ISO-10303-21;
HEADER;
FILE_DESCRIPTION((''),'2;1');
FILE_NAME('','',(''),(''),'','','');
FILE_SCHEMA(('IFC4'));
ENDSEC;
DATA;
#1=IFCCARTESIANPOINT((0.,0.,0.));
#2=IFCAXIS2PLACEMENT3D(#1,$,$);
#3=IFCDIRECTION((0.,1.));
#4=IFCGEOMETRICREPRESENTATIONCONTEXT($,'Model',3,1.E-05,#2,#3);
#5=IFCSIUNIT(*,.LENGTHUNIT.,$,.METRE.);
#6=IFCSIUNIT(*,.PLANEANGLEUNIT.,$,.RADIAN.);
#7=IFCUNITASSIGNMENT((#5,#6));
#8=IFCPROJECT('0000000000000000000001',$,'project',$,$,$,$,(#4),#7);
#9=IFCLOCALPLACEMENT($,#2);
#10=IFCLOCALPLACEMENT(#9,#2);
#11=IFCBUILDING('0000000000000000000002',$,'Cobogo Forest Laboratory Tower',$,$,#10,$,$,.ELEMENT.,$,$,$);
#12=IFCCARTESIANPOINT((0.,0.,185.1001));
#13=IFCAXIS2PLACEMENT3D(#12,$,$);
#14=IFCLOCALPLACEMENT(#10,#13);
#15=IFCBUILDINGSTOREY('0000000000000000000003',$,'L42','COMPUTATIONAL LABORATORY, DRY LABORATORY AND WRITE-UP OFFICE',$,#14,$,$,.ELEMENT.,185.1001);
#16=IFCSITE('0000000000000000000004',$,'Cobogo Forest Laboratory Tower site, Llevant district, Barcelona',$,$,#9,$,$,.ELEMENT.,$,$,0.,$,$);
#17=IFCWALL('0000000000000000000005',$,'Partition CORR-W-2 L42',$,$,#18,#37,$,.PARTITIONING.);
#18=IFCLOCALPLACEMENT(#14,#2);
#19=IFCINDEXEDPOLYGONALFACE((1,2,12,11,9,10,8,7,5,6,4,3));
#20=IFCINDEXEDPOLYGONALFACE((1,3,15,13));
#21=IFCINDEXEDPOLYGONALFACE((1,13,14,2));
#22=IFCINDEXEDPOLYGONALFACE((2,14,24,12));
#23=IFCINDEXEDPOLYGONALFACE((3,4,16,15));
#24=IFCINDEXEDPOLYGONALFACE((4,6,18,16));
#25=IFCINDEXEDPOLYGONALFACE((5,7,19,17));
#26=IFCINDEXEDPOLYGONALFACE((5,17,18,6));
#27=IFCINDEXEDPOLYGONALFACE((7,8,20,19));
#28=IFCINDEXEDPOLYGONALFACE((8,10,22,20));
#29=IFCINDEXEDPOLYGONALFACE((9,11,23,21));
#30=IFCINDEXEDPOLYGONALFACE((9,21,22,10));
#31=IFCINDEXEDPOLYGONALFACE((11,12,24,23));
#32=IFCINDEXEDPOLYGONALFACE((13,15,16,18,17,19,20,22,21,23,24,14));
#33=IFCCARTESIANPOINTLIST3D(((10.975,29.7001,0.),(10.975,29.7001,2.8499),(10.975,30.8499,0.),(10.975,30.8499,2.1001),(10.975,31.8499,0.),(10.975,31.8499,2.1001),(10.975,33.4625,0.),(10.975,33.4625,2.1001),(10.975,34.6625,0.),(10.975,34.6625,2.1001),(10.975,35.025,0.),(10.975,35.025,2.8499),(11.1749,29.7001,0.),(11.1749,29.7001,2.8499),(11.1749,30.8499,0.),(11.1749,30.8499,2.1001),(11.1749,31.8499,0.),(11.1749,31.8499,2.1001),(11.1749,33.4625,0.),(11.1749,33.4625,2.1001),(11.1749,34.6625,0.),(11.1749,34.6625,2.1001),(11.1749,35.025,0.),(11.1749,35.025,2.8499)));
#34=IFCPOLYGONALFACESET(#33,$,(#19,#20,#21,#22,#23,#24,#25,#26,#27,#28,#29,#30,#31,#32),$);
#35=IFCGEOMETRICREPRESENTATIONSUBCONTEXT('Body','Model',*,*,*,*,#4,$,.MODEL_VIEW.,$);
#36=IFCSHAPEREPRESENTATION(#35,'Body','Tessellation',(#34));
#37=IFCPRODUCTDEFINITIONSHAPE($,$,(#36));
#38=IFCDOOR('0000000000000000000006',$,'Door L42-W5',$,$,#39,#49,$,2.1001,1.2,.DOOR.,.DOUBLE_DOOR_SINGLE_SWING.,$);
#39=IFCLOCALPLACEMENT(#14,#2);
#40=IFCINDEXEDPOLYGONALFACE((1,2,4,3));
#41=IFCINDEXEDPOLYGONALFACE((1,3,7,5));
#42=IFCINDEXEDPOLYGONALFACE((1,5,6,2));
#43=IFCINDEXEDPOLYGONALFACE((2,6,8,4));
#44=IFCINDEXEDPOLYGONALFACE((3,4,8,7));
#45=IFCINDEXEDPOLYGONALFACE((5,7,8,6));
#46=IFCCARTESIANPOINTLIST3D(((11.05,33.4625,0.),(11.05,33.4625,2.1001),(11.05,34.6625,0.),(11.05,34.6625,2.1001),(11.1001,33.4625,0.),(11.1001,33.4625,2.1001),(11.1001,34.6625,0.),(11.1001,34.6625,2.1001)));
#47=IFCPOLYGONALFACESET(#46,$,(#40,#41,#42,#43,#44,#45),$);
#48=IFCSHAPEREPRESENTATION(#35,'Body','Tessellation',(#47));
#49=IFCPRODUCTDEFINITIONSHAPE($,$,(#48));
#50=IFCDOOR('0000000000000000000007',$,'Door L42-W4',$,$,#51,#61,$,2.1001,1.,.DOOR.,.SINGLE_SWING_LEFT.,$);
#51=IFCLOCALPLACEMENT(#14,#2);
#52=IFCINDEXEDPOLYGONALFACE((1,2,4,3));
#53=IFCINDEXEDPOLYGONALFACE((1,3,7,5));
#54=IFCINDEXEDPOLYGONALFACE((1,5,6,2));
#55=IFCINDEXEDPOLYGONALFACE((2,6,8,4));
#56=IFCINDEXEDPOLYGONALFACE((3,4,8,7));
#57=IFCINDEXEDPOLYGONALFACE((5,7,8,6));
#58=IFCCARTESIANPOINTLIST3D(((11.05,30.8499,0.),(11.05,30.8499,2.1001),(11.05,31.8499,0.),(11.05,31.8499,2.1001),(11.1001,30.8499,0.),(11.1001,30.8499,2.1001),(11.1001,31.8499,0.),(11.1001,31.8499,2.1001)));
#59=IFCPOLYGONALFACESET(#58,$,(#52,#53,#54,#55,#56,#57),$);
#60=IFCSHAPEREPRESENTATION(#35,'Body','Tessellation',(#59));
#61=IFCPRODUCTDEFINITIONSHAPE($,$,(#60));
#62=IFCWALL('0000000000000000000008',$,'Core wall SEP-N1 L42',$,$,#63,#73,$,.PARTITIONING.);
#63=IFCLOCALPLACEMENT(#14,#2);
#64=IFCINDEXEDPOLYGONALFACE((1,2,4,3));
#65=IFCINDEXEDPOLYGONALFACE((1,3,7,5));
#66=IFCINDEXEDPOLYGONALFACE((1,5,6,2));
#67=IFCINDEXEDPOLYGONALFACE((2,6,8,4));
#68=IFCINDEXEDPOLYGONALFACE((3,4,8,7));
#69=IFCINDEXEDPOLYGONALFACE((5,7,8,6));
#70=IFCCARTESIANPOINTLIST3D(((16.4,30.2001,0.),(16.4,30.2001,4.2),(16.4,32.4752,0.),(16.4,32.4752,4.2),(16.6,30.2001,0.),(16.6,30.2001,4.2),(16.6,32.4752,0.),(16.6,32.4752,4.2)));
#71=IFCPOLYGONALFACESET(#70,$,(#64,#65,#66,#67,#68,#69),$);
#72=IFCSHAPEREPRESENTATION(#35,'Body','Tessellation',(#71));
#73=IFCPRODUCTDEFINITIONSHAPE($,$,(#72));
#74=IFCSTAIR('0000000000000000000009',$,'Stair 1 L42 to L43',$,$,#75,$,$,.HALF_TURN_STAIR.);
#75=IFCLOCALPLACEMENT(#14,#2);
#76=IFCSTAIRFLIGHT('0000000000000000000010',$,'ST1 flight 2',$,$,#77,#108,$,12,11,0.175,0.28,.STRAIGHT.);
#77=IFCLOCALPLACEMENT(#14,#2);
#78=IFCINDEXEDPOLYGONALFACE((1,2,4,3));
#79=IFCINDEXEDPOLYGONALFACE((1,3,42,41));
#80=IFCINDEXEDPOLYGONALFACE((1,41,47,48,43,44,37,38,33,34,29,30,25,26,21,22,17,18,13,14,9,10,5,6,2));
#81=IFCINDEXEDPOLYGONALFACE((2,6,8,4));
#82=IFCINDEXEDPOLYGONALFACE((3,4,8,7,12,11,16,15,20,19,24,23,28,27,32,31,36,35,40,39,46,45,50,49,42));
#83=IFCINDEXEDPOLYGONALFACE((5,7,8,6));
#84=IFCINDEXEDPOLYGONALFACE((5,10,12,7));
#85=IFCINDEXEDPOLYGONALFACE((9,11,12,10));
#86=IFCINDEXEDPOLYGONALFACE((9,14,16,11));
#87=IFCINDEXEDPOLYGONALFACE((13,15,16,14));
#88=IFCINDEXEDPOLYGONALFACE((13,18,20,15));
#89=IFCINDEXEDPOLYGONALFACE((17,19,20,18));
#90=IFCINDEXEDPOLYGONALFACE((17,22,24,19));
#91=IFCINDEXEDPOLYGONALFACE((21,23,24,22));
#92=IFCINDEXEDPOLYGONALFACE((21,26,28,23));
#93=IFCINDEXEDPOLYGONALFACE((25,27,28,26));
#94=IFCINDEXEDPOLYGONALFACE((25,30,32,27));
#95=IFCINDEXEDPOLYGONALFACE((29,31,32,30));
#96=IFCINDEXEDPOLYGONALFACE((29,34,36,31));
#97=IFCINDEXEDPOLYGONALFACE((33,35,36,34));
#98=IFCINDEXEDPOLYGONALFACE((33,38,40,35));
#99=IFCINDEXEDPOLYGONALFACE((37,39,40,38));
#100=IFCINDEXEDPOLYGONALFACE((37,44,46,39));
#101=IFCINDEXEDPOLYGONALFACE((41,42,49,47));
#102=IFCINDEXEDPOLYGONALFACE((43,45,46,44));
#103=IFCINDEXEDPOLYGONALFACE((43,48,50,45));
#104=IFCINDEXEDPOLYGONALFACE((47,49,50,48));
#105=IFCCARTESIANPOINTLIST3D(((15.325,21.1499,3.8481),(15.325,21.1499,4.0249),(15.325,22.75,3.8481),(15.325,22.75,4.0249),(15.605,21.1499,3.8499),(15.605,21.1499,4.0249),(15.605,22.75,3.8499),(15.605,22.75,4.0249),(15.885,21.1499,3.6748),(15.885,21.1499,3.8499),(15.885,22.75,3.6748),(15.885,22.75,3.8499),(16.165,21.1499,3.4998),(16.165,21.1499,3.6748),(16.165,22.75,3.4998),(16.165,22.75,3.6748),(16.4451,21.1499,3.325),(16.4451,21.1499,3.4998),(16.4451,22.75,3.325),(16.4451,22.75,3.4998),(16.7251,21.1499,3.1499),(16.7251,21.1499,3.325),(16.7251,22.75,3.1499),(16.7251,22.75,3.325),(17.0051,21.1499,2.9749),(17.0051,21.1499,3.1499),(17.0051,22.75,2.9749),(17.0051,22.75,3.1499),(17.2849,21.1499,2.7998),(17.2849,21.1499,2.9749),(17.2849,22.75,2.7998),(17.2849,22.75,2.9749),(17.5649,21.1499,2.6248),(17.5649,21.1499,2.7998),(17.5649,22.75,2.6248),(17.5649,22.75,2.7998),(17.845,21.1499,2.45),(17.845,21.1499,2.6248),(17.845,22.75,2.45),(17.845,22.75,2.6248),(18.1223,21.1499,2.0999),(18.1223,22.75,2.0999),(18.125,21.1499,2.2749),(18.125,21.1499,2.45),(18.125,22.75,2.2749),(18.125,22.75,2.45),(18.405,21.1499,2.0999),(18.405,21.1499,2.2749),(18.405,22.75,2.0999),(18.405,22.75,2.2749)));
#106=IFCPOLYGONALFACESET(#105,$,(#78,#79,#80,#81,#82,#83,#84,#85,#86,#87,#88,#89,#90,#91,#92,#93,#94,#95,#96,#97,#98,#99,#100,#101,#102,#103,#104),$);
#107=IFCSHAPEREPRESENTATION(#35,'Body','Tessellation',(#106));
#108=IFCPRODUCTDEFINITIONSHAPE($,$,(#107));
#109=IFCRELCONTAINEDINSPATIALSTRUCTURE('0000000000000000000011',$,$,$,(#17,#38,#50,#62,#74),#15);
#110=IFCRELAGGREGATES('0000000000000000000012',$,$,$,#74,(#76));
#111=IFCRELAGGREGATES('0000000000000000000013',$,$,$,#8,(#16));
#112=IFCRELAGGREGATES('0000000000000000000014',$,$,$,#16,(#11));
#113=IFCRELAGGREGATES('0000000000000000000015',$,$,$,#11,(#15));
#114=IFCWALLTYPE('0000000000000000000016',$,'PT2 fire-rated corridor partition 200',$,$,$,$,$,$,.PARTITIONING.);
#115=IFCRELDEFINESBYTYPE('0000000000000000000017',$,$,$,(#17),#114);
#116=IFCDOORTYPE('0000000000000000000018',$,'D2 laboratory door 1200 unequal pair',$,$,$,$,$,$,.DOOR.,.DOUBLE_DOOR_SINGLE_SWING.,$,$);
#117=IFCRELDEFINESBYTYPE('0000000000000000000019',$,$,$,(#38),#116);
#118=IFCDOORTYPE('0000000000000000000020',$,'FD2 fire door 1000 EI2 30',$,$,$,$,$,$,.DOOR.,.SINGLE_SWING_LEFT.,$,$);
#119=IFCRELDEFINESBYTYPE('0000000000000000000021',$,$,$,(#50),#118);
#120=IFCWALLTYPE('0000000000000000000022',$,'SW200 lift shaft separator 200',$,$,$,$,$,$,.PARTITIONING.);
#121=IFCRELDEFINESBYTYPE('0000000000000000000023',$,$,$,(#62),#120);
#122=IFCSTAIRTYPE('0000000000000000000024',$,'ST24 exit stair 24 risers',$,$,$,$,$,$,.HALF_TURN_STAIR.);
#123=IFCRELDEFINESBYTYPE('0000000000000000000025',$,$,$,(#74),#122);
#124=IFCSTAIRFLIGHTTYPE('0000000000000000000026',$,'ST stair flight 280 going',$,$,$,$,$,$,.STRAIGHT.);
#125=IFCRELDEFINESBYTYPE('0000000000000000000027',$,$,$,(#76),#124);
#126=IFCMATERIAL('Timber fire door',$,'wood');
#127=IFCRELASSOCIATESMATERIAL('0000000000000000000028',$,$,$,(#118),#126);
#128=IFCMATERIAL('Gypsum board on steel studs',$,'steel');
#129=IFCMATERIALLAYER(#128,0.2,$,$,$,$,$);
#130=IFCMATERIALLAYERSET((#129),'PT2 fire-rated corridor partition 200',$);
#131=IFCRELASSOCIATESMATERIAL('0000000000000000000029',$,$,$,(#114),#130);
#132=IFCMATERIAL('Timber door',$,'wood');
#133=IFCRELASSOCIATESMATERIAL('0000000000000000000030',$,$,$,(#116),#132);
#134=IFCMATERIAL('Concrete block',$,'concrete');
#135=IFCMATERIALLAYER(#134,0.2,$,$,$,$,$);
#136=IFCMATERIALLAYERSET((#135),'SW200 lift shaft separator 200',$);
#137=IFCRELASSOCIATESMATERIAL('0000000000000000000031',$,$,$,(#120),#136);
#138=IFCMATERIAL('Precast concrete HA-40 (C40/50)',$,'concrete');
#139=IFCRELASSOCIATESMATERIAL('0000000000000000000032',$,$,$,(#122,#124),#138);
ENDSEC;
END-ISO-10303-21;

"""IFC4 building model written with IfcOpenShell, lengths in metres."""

from ifc_helpers import new_model, si_unit, direction, frame, frame_2d, origin, place, context, subcontext, project, spatial, polyline, rectangle, outline, extrude, material, layer, layer_set, type_object, element, fill, aggregate, save


model = new_model("IFC4")

# Units and contexts
model_context = context("Model", 3, precision=1e-05, world=origin(), true_north=direction((0.0, 1.0)))
body_context = subcontext(model_context, "Body", "Model", "MODEL_VIEW")
ifc_project = project(units=[si_unit("LENGTHUNIT", "METRE"), si_unit("PLANEANGLEUNIT", "RADIAN")], contexts=[model_context])

# Site, building, storey
site_placement = place(None, origin())
site = spatial("IfcSite", under=ifc_project, at=site_placement, Name="Cobogo Forest Laboratory Tower site, Llevant district, Barcelona", CompositionType="ELEMENT", RefElevation=0.0)
building_placement = place(site_placement, origin())
building = spatial("IfcBuilding", under=site, at=building_placement, Name="Cobogo Forest Laboratory Tower", CompositionType="ELEMENT")
storey_placement = place(building_placement, frame((0.0, 0.0, 185.1001)))
storey = spatial("IfcBuildingStorey", under=building, at=storey_placement, Name="L42", Description="COMPUTATIONAL LABORATORY, DRY LABORATORY AND WRITE-UP OFFICE", CompositionType="ELEMENT", Elevation=185.1001)

# Shared definitions
ifc_material_1 = material(Name="Gypsum board on steel studs", Category="steel")
ifc_material_2 = material(Name="Timber fire door", Category="wood")
door_type_1 = type_object("IfcDoorType", Name="FD2 fire door 1000 EI2 30", OperationType="SINGLE_SWING_LEFT", PredefinedType="DOOR", material=ifc_material_2)

# Wall, openings, doors
ifc_layer_1 = layer(ifc_material_1, 0.2)
ifc_layer_set_1 = layer_set([ifc_layer_1], Name="PT2 fire-rated corridor partition 200")
wall_type_1 = type_object("IfcWallType", Name="PT2 fire-rated corridor partition 200", PredefinedType="PARTITIONING", material=ifc_layer_set_1)
wall_1_placement = place(storey_placement, frame((11.075, 29.7, 0.0), z_axis=(0.0, 0.0, 1.0), x_axis=(0.0, 1.0, 0.0)))
wall_1 = element("IfcWall", 1, at=wall_1_placement, inside=storey, type_object=wall_type_1, Name="Partition CORR-W-2 L42", PredefinedType="PARTITIONING", context=body_context, shape_type="SweptSolid", body=[
    extrude(rectangle(XDim=5.325, YDim=0.2, at=frame_2d((2.6626, 0.0))), origin(), (0.0, 0.0, 1.0), 2.8499),
])
opening_1_placement = place(wall_1_placement, frame((1.1499, 0.0, 0.0)))
opening_1 = element("IfcOpeningElement", 2, at=opening_1_placement, cuts=wall_1, PredefinedType="OPENING", context=body_context, shape_type="SweptSolid", body=[
    extrude(rectangle(XDim=1.0, YDim=2.1001, at=frame_2d((0.5, 1.05))), frame((0.0, 0.1099, 0.0), z_axis=(0.0, -1.0, 0.0), x_axis=(1.0, 0.0, 0.0)), (0.0, 0.0, 1.0), 0.22),
])
opening_2_placement = place(wall_1_placement, frame((3.7625, 0.0, 0.0)))
opening_2 = element("IfcOpeningElement", 3, at=opening_2_placement, cuts=wall_1, PredefinedType="OPENING", context=body_context, shape_type="SweptSolid", body=[
    extrude(rectangle(XDim=1.2, YDim=2.1001, at=frame_2d((0.6001, 1.05))), frame((0.0, 0.1099, 0.0), z_axis=(0.0, -1.0, 0.0), x_axis=(1.0, 0.0, 0.0)), (0.0, 0.0, 1.0), 0.22),
])
ifc_material_3 = material(Name="Timber door", Category="wood")
door_type_2 = type_object("IfcDoorType", Name="D2 laboratory door 1200 unequal pair", OperationType="DOUBLE_DOOR_SINGLE_SWING", PredefinedType="DOOR", material=ifc_material_3)
door_1_placement = place(opening_2_placement, origin())
door_1 = element("IfcDoor", 4, at=door_1_placement, inside=storey, type_object=door_type_2, Name="Door L42-W5", OperationType="DOUBLE_DOOR_SINGLE_SWING", OverallHeight=2.1001, OverallWidth=1.2, PredefinedType="DOOR", context=body_context, shape_type="SweptSolid", body=[
    extrude(rectangle(XDim=1.2, YDim=2.1001, at=frame_2d((0.6001, 1.05))), frame((0.0, 0.0249, 0.0), z_axis=(0.0, -1.0, 0.0), x_axis=(1.0, 0.0, 0.0)), (0.0, 0.0, 1.0), 0.05),
])
fill(opening_2, door_1)
door_2_placement = place(opening_1_placement, origin())
door_2 = element("IfcDoor", 5, at=door_2_placement, inside=storey, type_object=door_type_1, Name="Door L42-W4", OperationType="SINGLE_SWING_LEFT", OverallHeight=2.1001, OverallWidth=1.0, PredefinedType="DOOR", context=body_context, shape_type="SweptSolid", body=[
    extrude(rectangle(XDim=1.0, YDim=2.1001, at=frame_2d((0.5, 1.05))), frame((0.0, 0.0249, 0.0), z_axis=(0.0, -1.0, 0.0), x_axis=(1.0, 0.0, 0.0)), (0.0, 0.0, 1.0), 0.05),
])
fill(opening_1, door_2)

# Wall
ifc_material_4 = material(Name="Concrete block", Category="concrete")
ifc_layer_2 = layer(ifc_material_4, 0.2)
ifc_layer_set_2 = layer_set([ifc_layer_2], Name="SW200 lift shaft separator 200")
wall_type_2 = type_object("IfcWallType", Name="SW200 lift shaft separator 200", PredefinedType="PARTITIONING", material=ifc_layer_set_2)
wall_2_placement = place(storey_placement, frame((16.5, 30.2, 0.0), z_axis=(0.0, 0.0, 1.0), x_axis=(0.0, 1.0, 0.0)))
element("IfcWall", 6, at=wall_2_placement, inside=storey, type_object=wall_type_2, Name="Core wall SEP-N1 L42", PredefinedType="PARTITIONING", context=body_context, shape_type="SweptSolid", body=[
    extrude(rectangle(XDim=2.2751, YDim=0.2, at=frame_2d((1.1377, 0.0))), origin(), (0.0, 0.0, 1.0), 4.2),
])

# Stair, stair flight
ifc_material_5 = material(Name="Precast concrete HA-40 (C40/50)", Category="concrete")
stair_type = type_object("IfcStairType", Name="ST24 exit stair 24 risers", PredefinedType="HALF_TURN_STAIR", material=ifc_material_5)
stair_placement = place(storey_placement, origin())
stair = element("IfcStair", 7, at=stair_placement, inside=storey, type_object=stair_type, Name="Stair 1 L42 to L43", PredefinedType="HALF_TURN_STAIR")
stair_flight_type = type_object("IfcStairFlightType", Name="ST stair flight 280 going", PredefinedType="STRAIGHT", material=ifc_material_5)
stair_flight_placement = place(storey_placement, frame((18.405, 21.95, 2.0999), z_axis=(0.0, 0.0, 1.0), x_axis=(-1.0, 0.0, 0.0)))
stair_flight = element("IfcStairFlight", 8, at=stair_flight_placement, type_object=stair_flight_type, Name="ST1 flight 2", NumberOfRisers=12, NumberOfTreads=11, PredefinedType="STRAIGHT", RiserHeight=0.175, TreadLength=0.28, context=body_context, shape_type="SweptSolid", body=[
    extrude(outline(polyline([(0.0, 0.0), (0.0, 0.175), (0.28, 0.175), (0.28, 0.3501), (0.5601, 0.3501), (0.5601, 0.5249), (0.8401, 0.5249), (0.8401, 0.7), (1.1201, 0.7), (1.1201, 0.875), (1.3999, 0.875), (1.3999, 1.05), (1.6799, 1.05), (1.6799, 1.2251), (1.96, 1.2251), (1.96, 1.3999), (2.24, 1.3999), (2.24, 1.575), (2.52, 1.575), (2.52, 1.75), (2.8, 1.75), (2.8, 1.925), (3.0801, 1.925), (3.0801, 2.1001), (3.0801, 1.7483), (0.2827, 0.0), (0.0, 0.0)])), frame((0.0, 0.8, 0.0), z_axis=(0.0, -1.0, 0.0), x_axis=(1.0, 0.0, 0.0)), (0.0, 0.0, 1.0), 1.6001),
])
aggregate(stair, [stair_flight])

save(model, "model.ifc")
